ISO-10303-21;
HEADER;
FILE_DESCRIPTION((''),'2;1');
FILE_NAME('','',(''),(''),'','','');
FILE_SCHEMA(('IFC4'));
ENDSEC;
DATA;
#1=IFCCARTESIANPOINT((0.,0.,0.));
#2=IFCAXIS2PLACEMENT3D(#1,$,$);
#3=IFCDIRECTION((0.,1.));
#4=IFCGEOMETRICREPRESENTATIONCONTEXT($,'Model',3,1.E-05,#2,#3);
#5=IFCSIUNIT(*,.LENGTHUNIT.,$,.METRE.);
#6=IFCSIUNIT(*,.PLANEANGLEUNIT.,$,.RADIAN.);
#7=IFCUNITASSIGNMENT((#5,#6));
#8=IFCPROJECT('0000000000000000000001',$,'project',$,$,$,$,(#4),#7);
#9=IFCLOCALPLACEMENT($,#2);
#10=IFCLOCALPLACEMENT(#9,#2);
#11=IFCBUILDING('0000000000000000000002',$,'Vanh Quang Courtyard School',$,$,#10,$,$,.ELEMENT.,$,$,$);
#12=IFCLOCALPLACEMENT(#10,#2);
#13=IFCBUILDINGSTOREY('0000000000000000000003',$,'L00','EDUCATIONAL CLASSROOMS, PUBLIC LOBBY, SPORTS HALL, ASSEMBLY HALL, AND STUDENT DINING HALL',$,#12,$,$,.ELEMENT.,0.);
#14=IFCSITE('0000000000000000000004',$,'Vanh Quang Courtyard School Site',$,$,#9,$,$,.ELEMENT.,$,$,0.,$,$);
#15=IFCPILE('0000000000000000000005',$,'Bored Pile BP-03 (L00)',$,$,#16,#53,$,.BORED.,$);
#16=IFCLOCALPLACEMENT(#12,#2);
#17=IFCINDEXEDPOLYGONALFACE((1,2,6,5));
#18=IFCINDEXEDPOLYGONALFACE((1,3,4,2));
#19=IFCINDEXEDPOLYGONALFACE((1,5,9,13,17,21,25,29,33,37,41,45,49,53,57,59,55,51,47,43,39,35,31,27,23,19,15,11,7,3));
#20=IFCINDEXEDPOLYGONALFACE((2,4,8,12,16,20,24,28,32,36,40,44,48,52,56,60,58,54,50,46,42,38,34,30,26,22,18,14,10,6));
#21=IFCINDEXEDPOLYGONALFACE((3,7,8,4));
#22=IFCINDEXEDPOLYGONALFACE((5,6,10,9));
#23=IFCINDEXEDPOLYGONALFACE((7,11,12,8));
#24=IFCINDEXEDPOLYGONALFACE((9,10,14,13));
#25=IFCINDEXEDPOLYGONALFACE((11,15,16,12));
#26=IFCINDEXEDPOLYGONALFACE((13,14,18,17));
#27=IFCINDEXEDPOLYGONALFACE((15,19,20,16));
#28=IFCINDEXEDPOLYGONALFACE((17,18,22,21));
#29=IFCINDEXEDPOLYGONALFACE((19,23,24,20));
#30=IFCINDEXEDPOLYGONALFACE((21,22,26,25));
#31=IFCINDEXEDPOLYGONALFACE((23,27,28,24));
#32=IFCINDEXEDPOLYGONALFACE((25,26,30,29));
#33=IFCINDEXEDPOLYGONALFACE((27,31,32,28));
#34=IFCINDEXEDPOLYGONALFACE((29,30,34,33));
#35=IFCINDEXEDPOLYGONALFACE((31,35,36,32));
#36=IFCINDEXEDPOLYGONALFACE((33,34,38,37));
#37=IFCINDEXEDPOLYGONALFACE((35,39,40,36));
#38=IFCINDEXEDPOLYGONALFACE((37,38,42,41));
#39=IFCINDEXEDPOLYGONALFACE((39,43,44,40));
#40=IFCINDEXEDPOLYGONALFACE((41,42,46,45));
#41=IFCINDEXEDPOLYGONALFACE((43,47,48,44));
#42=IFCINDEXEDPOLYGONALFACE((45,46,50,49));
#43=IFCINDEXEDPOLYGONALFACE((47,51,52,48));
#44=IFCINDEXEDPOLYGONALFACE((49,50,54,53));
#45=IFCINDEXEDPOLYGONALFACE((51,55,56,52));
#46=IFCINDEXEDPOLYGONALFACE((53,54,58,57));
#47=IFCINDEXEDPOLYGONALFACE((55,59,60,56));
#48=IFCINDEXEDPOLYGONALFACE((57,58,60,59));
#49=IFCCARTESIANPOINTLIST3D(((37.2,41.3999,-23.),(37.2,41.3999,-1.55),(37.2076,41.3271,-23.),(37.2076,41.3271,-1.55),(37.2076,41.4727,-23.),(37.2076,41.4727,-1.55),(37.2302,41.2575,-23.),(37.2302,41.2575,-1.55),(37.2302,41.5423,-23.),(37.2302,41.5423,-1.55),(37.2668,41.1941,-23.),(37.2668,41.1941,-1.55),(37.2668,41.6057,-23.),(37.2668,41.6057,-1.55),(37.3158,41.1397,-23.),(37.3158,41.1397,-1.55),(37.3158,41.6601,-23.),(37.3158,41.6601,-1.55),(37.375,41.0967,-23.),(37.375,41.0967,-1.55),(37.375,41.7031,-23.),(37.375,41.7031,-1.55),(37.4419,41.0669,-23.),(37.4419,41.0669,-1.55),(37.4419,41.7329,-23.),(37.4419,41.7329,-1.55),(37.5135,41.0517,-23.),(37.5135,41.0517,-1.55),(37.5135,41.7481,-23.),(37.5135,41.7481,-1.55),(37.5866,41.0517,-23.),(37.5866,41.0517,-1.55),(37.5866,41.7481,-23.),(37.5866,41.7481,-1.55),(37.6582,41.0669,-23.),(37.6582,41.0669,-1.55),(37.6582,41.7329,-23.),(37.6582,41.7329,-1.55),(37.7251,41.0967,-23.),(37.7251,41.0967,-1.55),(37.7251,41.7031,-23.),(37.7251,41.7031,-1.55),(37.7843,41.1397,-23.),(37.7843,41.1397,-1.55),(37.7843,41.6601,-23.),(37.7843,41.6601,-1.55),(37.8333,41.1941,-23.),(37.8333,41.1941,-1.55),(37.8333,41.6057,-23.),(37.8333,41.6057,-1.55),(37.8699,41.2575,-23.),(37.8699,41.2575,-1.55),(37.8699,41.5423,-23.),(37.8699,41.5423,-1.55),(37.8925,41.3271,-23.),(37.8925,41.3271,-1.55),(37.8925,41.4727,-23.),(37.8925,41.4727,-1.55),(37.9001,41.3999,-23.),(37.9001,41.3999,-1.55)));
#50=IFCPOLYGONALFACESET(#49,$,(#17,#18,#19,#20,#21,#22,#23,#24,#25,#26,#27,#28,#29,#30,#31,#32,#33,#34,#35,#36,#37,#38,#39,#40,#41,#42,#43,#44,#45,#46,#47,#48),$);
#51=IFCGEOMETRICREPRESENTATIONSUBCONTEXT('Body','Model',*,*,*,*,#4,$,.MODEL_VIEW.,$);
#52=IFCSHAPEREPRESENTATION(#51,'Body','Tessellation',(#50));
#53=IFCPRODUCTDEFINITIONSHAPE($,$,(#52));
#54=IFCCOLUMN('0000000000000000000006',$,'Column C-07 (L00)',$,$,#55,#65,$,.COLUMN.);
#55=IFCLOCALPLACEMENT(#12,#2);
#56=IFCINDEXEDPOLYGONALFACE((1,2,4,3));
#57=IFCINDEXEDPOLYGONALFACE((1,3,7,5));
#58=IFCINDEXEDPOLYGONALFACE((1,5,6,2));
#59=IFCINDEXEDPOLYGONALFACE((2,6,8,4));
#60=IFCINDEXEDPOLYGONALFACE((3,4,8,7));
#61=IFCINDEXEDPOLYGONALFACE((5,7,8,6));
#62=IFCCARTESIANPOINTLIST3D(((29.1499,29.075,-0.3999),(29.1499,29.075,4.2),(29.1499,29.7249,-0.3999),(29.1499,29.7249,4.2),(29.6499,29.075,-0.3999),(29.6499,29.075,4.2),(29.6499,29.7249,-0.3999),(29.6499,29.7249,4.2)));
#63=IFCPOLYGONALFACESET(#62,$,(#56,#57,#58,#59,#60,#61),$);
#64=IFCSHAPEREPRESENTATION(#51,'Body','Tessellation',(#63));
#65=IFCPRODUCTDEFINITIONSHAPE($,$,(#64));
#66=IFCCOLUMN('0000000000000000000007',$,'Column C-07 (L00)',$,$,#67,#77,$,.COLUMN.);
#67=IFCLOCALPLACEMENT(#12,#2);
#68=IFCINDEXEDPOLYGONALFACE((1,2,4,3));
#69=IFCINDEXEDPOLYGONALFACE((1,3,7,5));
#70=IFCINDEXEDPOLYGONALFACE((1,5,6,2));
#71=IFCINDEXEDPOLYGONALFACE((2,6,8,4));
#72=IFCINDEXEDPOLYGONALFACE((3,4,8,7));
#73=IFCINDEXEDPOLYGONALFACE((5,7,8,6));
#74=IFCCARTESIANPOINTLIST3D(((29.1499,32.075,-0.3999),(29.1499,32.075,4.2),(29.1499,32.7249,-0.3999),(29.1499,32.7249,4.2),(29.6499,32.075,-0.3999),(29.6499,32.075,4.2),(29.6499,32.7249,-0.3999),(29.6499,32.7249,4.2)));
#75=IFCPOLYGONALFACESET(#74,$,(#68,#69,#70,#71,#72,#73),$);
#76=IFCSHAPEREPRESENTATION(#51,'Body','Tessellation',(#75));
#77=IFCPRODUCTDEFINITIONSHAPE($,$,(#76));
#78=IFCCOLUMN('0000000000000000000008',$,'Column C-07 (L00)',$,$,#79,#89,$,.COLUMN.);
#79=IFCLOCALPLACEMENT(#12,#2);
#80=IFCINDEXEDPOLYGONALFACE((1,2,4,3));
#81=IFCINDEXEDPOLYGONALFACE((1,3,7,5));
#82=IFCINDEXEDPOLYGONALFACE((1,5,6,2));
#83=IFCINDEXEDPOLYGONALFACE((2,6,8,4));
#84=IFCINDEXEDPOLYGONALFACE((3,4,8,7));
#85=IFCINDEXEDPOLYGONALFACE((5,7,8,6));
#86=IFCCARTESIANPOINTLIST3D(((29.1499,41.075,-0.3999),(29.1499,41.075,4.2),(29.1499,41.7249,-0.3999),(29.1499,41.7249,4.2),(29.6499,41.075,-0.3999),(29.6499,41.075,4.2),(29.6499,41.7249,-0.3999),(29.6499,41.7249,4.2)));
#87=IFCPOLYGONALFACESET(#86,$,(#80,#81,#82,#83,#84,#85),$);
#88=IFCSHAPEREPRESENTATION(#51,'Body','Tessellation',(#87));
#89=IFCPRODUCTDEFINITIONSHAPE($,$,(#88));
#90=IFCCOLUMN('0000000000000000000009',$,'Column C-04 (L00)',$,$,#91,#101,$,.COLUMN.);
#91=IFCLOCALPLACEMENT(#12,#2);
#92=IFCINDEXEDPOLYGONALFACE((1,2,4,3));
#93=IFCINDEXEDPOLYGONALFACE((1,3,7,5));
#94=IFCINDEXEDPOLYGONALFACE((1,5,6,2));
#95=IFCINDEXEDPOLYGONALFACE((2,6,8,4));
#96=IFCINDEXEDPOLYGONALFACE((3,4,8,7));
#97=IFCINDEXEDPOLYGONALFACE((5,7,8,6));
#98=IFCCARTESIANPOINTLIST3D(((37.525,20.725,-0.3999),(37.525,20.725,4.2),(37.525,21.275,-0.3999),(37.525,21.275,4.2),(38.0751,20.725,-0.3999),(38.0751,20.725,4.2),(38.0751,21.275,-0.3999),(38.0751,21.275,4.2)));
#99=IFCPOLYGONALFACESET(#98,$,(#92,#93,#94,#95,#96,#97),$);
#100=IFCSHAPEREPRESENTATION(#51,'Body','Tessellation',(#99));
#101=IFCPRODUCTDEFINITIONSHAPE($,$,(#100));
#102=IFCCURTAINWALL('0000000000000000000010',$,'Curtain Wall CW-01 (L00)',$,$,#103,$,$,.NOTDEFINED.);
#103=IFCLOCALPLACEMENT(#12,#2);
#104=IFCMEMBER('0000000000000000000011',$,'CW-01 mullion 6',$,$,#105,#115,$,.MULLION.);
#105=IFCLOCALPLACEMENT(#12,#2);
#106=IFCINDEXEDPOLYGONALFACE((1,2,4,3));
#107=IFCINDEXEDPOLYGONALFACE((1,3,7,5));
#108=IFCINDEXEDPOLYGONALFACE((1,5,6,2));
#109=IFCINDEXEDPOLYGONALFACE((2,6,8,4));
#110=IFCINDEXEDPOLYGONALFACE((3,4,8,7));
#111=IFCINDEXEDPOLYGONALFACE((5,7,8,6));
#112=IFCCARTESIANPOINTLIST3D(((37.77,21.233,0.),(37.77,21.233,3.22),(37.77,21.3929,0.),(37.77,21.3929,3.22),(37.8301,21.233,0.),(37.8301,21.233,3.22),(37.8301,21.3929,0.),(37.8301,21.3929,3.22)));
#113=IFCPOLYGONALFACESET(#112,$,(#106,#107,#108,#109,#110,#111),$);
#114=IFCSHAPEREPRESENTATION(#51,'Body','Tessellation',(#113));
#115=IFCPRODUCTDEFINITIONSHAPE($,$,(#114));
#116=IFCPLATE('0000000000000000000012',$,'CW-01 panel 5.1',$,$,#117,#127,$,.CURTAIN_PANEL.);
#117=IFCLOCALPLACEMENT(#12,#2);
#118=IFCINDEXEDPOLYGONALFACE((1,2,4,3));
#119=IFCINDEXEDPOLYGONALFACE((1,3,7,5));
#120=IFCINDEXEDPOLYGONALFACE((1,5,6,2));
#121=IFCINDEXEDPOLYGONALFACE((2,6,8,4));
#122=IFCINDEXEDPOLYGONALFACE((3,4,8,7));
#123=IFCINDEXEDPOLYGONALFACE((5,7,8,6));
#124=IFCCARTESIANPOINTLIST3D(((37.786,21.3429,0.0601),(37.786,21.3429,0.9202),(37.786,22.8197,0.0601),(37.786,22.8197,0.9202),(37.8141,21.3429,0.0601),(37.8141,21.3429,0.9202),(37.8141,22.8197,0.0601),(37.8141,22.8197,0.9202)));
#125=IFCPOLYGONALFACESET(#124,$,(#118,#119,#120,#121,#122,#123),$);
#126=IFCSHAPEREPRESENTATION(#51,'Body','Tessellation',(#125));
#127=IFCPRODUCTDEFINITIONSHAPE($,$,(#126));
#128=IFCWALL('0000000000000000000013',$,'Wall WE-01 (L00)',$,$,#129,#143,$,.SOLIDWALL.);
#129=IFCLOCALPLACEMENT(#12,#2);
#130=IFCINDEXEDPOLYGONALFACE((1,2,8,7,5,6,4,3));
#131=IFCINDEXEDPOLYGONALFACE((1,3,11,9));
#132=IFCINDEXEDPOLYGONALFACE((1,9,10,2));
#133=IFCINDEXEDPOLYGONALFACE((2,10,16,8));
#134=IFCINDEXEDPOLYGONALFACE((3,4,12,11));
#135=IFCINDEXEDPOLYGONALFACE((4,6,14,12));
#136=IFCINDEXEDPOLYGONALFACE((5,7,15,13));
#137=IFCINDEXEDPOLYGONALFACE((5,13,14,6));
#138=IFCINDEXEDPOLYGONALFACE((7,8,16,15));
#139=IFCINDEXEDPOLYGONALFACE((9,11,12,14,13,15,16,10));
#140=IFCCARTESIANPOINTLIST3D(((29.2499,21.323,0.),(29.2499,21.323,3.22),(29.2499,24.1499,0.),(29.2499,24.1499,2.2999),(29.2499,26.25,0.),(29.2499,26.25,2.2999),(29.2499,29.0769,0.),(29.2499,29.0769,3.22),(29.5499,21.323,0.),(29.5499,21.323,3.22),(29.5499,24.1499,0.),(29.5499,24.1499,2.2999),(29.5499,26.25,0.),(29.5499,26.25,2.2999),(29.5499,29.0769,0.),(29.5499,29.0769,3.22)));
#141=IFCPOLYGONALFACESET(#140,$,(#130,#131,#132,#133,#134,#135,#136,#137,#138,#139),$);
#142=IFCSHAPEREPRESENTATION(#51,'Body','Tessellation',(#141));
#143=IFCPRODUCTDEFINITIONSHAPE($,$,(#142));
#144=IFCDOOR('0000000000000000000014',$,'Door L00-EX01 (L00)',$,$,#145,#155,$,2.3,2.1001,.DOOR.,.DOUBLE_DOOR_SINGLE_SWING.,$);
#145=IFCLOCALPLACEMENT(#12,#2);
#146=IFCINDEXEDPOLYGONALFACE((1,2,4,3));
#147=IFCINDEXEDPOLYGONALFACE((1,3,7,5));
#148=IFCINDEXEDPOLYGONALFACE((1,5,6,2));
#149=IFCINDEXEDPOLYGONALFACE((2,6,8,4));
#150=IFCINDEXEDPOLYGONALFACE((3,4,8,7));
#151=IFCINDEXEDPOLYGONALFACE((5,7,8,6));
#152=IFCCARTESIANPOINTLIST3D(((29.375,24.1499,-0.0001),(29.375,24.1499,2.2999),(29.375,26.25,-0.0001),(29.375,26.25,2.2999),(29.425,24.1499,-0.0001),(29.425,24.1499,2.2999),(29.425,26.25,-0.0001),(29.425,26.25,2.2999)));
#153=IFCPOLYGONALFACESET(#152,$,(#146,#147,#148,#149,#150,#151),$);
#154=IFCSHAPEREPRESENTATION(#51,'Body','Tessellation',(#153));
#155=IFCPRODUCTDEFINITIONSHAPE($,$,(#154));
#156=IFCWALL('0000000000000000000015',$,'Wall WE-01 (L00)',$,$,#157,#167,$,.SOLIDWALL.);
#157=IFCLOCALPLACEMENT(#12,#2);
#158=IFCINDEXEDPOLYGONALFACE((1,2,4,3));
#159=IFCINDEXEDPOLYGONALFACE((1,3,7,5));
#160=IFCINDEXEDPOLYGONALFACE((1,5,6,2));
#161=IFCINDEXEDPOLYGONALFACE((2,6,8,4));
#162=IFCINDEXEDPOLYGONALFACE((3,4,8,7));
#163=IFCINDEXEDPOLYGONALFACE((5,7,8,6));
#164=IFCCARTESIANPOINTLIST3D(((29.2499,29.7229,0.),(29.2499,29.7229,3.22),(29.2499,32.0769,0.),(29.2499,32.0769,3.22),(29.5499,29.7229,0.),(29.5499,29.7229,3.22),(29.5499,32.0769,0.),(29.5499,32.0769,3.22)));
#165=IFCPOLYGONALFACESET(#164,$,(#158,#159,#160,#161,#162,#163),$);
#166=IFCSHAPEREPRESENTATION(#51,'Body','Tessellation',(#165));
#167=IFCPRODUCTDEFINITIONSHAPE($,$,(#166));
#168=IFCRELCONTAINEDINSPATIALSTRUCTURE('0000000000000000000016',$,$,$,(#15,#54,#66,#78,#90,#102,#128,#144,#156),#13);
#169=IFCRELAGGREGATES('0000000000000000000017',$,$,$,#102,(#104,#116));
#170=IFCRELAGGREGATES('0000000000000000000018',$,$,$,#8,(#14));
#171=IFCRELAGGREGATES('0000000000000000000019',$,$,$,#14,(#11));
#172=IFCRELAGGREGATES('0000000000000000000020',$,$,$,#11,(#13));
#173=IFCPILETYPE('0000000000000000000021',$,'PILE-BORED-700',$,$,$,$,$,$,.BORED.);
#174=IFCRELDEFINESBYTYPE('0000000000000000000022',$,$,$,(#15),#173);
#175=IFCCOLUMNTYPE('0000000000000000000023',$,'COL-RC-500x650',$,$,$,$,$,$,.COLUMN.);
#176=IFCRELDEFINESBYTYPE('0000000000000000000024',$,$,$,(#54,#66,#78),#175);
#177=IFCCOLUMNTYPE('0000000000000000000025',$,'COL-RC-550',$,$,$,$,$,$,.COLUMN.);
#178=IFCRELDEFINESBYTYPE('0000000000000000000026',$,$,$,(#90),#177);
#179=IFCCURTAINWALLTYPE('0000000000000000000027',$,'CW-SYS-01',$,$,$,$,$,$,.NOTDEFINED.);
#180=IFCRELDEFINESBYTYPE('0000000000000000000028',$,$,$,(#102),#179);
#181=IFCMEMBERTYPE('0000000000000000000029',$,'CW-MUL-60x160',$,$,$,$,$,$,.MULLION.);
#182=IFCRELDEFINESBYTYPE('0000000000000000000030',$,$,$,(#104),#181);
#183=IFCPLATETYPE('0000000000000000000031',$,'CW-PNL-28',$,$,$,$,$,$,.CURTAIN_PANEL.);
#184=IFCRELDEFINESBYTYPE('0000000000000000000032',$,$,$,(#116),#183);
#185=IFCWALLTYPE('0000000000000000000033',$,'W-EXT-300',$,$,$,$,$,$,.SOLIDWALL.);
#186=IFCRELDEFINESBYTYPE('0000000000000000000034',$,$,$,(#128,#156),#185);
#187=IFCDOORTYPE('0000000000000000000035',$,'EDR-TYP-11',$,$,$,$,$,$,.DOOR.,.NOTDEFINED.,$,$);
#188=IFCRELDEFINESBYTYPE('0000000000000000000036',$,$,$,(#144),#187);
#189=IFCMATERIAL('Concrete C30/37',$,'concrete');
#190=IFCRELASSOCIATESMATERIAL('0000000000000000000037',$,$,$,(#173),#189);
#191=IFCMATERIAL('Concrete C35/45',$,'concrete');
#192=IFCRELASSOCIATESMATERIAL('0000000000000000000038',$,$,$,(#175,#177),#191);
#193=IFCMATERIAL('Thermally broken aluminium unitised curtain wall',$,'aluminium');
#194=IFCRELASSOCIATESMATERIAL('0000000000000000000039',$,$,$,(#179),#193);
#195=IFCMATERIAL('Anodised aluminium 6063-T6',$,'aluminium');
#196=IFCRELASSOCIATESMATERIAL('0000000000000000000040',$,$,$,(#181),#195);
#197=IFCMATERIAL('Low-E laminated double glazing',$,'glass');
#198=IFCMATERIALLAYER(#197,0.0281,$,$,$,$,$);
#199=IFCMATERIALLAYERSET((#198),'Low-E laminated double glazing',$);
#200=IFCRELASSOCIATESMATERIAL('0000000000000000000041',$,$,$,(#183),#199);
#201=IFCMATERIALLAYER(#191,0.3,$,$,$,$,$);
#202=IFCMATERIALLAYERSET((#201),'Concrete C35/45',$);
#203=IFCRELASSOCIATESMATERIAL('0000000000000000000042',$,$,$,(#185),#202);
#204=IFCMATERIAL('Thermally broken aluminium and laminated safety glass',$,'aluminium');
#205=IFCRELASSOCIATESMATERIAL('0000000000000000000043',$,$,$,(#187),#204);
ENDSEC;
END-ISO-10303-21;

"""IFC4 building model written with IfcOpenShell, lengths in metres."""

from ifc_helpers import new_model, si_unit, direction, frame, frame_2d, origin, origin_2d, place, context, subcontext, project, spatial, rectangle, circle, extrude, material, layer, layer_set, material_profile, profile_set, type_object, element, fill, aggregate, save


model = new_model("IFC4")

# Units and contexts
model_context = context("Model", 3, precision=1e-05, world=origin(), true_north=direction((0.0, 1.0)))
body_context = subcontext(model_context, "Body", "Model", "MODEL_VIEW")
ifc_project = project(units=[si_unit("LENGTHUNIT", "METRE"), si_unit("PLANEANGLEUNIT", "RADIAN")], contexts=[model_context])

# Site, building, storey
site_placement = place(None, origin())
site = spatial("IfcSite", under=ifc_project, at=site_placement, Name="Vanh Quang Courtyard School Site", CompositionType="ELEMENT", RefElevation=0.0)
building_placement = place(site_placement, origin())
building = spatial("IfcBuilding", under=site, at=building_placement, Name="Vanh Quang Courtyard School", CompositionType="ELEMENT")
storey_placement = place(building_placement, origin())
storey = spatial("IfcBuildingStorey", under=building, at=storey_placement, Name="L00", Description="EDUCATIONAL CLASSROOMS, PUBLIC LOBBY, SPORTS HALL, ASSEMBLY HALL, AND STUDENT DINING HALL", CompositionType="ELEMENT", Elevation=0.0)

# Shared definitions
ifc_material_1 = material(Name="Concrete C35/45", Category="concrete")

# Pile
ifc_material_2 = material(Name="Concrete C30/37", Category="concrete")
ifc_material_profile_1 = material_profile(ifc_material_2, circle(Radius=0.3501, at=origin_2d()), Name="PILE D700")
ifc_profile_set_1 = profile_set([ifc_material_profile_1], Name="Concrete C30/37")
pile_type_1 = type_object("IfcPileType", Name="PILE-BORED-700", PredefinedType="BORED", material=ifc_profile_set_1)
for number, where, z_axis, x_axis, name in (
    (1, (37.55, 41.3999, -1.55), (0.0, 0.0, -1.0), (1.0, 0.0, 0.0), "Bored Pile BP-03 (L00)"),
):
    element("IfcPile", number, at=place(storey_placement, frame(where, z_axis=z_axis, x_axis=x_axis)), inside=storey, type_object=pile_type_1, Name=name, PredefinedType="BORED", context=body_context, shape_type="SweptSolid", body=[
        extrude(circle(Radius=0.3501, at=origin_2d()), origin(), (0.0, 0.0, 1.0), 21.45),
    ])

# Columns
ifc_material_profile_2 = material_profile(ifc_material_1, rectangle(XDim=0.5, YDim=0.6499, at=origin_2d()), Name="RC-COL 500x650")
ifc_profile_set_2 = profile_set([ifc_material_profile_2], Name="Concrete C35/45")
column_type_1 = type_object("IfcColumnType", Name="COL-RC-500x650", PredefinedType="COLUMN", material=ifc_profile_set_2)
for number, where, z_axis, x_axis, name in (
    (2, (29.3999, 29.3999, -0.3999), (0.0, 0.0, 1.0), (1.0, 0.0, 0.0), "Column C-07 (L00)"),
    (3, (29.3999, 32.3999, -0.3999), (0.0, 0.0, 1.0), (1.0, 0.0, 0.0), "Column C-07 (L00)"),
    (4, (29.3999, 41.3999, -0.3999), (0.0, 0.0, 1.0), (1.0, 0.0, 0.0), "Column C-07 (L00)"),
):
    element("IfcColumn", number, at=place(storey_placement, frame(where, z_axis=z_axis, x_axis=x_axis)), inside=storey, type_object=column_type_1, Name=name, PredefinedType="COLUMN", context=body_context, shape_type="SweptSolid", body=[
        extrude(rectangle(XDim=0.5, YDim=0.6499, at=origin_2d()), origin(), (0.0, 0.0, 1.0), 4.5999),
    ])
ifc_material_profile_3 = material_profile(ifc_material_1, rectangle(XDim=0.55, YDim=0.55, at=origin_2d()), Name="RC-COL 550x550")
ifc_profile_set_3 = profile_set([ifc_material_profile_3], Name="Concrete C35/45")
column_type_2 = type_object("IfcColumnType", Name="COL-RC-550", PredefinedType="COLUMN", material=ifc_profile_set_3)
column_placement = place(storey_placement, frame((37.8, 21.0, -0.3999), z_axis=(0.0, 0.0, 1.0), x_axis=(1.0, 0.0, 0.0)))
element("IfcColumn", 5, at=column_placement, inside=storey, type_object=column_type_2, Name="Column C-04 (L00)", PredefinedType="COLUMN", context=body_context, shape_type="SweptSolid", body=[
    extrude(rectangle(XDim=0.55, YDim=0.55, at=origin_2d()), origin(), (0.0, 0.0, 1.0), 4.5999),
])

# Curtain wall, member, plate
ifc_material_3 = material(Name="Thermally broken aluminium unitised curtain wall", Category="aluminium")
curtain_wall_type = type_object("IfcCurtainWallType", Name="CW-SYS-01", PredefinedType="NOTDEFINED", material=ifc_material_3)
curtain_wall_placement = place(storey_placement, origin())
curtain_wall = element("IfcCurtainWall", 6, at=curtain_wall_placement, inside=storey, type_object=curtain_wall_type, Name="Curtain Wall CW-01 (L00)", PredefinedType="NOTDEFINED")
ifc_material_4 = material(Name="Anodised aluminium 6063-T6", Category="aluminium")
ifc_material_profile_4 = material_profile(ifc_material_4, rectangle(XDim=0.0601, YDim=0.1599, at=origin_2d()), Name="ALU-MUL 60x160")
ifc_profile_set_4 = profile_set([ifc_material_profile_4], Name="Anodised aluminium 6063-T6")
member_type = type_object("IfcMemberType", Name="CW-MUL-60x160", PredefinedType="MULLION", material=ifc_profile_set_4)
member_placement = place(storey_placement, frame((37.8, 21.313, 0.0), z_axis=(0.0, 0.0, 1.0), x_axis=(1.0, 0.0, 0.0)))
member = element("IfcMember", 7, at=member_placement, type_object=member_type, Name="CW-01 mullion 6", PredefinedType="MULLION", context=body_context, shape_type="SweptSolid", body=[
    extrude(rectangle(XDim=0.0601, YDim=0.1599, at=origin_2d()), origin(), (0.0, 0.0, 1.0), 3.22),
])
ifc_material_5 = material(Name="Low-E laminated double glazing", Category="glass")
ifc_layer_1 = layer(ifc_material_5, 0.0281)
ifc_layer_set_1 = layer_set([ifc_layer_1], Name="Low-E laminated double glazing")
plate_type = type_object("IfcPlateType", Name="CW-PNL-28", PredefinedType="CURTAIN_PANEL", material=ifc_layer_set_1)
plate_placement = place(storey_placement, frame((37.8, 22.0813, 0.0601), z_axis=(0.0, 0.0, 1.0), x_axis=(0.0, -1.0, 0.0)))
plate = element("IfcPlate", 8, at=plate_placement, type_object=plate_type, Name="CW-01 panel 5.1", PredefinedType="CURTAIN_PANEL", context=body_context, shape_type="SweptSolid", body=[
    extrude(rectangle(XDim=1.4768, YDim=0.0281, at=origin_2d()), origin(), (0.0, 0.0, 1.0), 0.8601),
])
aggregate(curtain_wall, [member, plate])

# Wall, opening, door
ifc_layer_2 = layer(ifc_material_1, 0.3)
ifc_layer_set_2 = layer_set([ifc_layer_2], Name="Concrete C35/45")
wall_type = type_object("IfcWallType", Name="W-EXT-300", PredefinedType="SOLIDWALL", material=ifc_layer_set_2)
wall_1_placement = place(storey_placement, frame((29.3999, 21.323, 0.0), z_axis=(0.0, 0.0, 1.0), x_axis=(0.0, 1.0, 0.0)))
wall_1 = element("IfcWall", 9, at=wall_1_placement, inside=storey, type_object=wall_type, Name="Wall WE-01 (L00)", PredefinedType="SOLIDWALL", context=body_context, shape_type="SweptSolid", body=[
    extrude(rectangle(XDim=7.7539, YDim=0.3, at=frame_2d((3.877, 0.0))), origin(), (0.0, 0.0, 1.0), 3.22),
])
opening_1_placement = place(wall_1_placement, frame((2.8269, 0.0, 0.0)))
opening_1 = element("IfcOpeningElement", 10, at=opening_1_placement, cuts=wall_1, PredefinedType="OPENING", context=body_context, shape_type="SweptSolid", body=[
    extrude(rectangle(XDim=2.1001, YDim=2.3, at=frame_2d((1.05, 1.1499))), frame((0.0, 0.1602, 0.0), z_axis=(0.0, -1.0, 0.0), x_axis=(1.0, 0.0, 0.0)), (0.0, 0.0, 1.0), 0.3201),
])
ifc_material_6 = material(Name="Thermally broken aluminium and laminated safety glass", Category="aluminium")
door_type_1 = type_object("IfcDoorType", Name="EDR-TYP-11", OperationType="NOTDEFINED", PredefinedType="DOOR", material=ifc_material_6)
door_1_placement = place(opening_1_placement, origin())
door_1 = element("IfcDoor", 11, at=door_1_placement, inside=storey, type_object=door_type_1, Name="Door L00-EX01 (L00)", OperationType="DOUBLE_DOOR_SINGLE_SWING", OverallHeight=2.3, OverallWidth=2.1001, PredefinedType="DOOR", context=body_context, shape_type="SweptSolid", body=[
    extrude(rectangle(XDim=2.1001, YDim=2.3, at=frame_2d((1.05, 1.1499))), frame((0.0, 0.0249, 0.0), z_axis=(0.0, -1.0, 0.0), x_axis=(1.0, 0.0, 0.0)), (0.0, 0.0, 1.0), 0.05),
])
fill(opening_1, door_1)

# Wall
wall_2_placement = place(storey_placement, frame((29.3999, 29.7229, 0.0), z_axis=(0.0, 0.0, 1.0), x_axis=(0.0, 1.0, 0.0)))
element("IfcWall", 12, at=wall_2_placement, inside=storey, type_object=wall_type, Name="Wall WE-01 (L00)", PredefinedType="SOLIDWALL", context=body_context, shape_type="SweptSolid", body=[
    extrude(rectangle(XDim=2.354, YDim=0.3, at=frame_2d((1.177, 0.0))), origin(), (0.0, 0.0, 1.0), 3.22),
])

save(model, "model.ifc")
